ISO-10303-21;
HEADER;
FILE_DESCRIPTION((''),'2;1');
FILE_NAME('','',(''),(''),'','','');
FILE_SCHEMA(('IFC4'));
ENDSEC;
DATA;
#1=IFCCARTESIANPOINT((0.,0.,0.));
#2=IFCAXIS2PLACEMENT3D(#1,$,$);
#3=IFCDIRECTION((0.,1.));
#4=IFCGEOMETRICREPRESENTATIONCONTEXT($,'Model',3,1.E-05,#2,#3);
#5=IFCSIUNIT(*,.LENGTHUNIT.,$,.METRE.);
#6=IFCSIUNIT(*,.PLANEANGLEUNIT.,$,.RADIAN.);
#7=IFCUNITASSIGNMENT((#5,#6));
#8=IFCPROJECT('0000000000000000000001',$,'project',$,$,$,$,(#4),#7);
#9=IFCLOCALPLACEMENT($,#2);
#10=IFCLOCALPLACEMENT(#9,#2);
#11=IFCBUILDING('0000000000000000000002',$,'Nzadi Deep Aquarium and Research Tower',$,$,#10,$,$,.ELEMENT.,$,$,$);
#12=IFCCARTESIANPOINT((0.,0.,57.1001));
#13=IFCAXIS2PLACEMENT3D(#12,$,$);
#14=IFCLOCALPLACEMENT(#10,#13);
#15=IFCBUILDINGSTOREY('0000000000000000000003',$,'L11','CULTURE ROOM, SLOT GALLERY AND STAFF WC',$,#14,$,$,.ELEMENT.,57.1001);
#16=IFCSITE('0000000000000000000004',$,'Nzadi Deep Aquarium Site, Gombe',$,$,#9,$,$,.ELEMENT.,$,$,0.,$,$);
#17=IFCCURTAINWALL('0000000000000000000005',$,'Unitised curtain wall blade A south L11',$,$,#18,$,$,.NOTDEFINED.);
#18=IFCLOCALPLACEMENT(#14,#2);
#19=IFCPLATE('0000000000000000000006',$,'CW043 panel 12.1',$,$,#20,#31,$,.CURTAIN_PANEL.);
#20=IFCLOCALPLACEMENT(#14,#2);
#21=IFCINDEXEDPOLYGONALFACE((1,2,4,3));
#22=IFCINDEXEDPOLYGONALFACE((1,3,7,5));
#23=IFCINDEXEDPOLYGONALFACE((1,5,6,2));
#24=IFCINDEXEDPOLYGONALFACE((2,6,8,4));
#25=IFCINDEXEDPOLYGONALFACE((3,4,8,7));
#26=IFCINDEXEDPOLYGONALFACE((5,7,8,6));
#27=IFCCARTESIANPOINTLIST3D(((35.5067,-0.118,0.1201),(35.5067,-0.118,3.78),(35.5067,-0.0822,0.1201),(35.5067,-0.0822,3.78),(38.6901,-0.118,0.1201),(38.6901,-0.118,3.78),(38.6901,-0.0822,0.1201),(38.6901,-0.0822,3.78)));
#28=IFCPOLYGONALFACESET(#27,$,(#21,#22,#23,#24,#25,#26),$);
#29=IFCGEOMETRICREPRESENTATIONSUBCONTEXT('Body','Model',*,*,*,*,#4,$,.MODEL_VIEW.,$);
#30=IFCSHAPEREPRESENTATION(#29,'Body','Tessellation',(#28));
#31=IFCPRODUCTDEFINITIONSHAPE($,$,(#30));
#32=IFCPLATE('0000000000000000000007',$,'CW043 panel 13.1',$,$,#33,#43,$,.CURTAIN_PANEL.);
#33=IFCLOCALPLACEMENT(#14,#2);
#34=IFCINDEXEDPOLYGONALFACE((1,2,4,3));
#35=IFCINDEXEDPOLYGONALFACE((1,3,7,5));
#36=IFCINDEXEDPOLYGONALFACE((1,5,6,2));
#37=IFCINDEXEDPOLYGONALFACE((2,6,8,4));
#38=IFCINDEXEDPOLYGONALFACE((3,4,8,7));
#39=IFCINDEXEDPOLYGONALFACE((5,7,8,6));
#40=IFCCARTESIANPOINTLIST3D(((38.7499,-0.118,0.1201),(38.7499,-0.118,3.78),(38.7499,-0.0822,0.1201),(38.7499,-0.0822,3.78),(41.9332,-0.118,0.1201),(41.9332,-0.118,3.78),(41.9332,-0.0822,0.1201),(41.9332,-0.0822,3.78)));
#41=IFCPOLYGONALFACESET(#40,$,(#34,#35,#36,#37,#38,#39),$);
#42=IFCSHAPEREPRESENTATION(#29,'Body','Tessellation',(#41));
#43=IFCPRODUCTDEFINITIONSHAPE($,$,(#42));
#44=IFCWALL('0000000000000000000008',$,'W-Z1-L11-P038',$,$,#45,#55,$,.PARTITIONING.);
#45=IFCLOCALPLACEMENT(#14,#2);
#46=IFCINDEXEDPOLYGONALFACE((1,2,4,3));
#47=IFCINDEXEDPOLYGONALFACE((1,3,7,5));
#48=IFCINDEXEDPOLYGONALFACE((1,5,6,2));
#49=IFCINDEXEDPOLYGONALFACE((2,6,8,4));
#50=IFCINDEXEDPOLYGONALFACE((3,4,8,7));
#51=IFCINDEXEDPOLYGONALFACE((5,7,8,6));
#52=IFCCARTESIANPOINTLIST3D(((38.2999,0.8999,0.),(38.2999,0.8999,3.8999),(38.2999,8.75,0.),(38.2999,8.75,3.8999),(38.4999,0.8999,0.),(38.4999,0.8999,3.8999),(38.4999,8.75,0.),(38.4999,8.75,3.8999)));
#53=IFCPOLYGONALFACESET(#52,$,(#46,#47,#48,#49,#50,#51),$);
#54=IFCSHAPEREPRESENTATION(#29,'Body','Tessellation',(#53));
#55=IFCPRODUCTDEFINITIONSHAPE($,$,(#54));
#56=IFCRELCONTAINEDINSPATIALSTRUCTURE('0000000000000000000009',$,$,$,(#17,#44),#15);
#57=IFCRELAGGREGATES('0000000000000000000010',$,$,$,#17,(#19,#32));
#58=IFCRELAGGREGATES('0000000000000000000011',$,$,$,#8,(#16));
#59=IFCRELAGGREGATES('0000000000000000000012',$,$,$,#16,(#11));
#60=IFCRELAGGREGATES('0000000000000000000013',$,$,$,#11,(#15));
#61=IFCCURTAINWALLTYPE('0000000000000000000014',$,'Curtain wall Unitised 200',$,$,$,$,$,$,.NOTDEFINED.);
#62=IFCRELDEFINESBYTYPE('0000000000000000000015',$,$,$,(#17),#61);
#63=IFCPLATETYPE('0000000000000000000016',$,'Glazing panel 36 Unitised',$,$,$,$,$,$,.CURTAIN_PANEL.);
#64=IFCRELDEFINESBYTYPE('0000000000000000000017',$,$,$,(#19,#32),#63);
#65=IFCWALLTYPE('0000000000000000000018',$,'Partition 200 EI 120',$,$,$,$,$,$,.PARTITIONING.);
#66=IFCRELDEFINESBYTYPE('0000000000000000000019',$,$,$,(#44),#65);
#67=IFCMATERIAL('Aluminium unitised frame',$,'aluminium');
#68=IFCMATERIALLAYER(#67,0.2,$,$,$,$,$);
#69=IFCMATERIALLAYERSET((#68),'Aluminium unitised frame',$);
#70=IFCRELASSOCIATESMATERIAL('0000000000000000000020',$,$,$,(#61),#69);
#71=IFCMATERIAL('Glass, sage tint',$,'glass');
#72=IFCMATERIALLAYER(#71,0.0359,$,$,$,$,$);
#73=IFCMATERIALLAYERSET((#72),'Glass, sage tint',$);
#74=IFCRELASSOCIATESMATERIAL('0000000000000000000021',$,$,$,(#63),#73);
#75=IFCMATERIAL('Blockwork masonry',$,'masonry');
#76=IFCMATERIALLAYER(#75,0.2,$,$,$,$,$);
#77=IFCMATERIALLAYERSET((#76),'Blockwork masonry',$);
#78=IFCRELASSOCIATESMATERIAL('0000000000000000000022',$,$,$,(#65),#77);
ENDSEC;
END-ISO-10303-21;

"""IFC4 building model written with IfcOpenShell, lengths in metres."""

from ifc_helpers import new_model, si_unit, direction, frame, frame_2d, origin, origin_2d, place, context, subcontext, project, spatial, rectangle, extrude, material, layer, layer_set, type_object, element, aggregate, save


model = new_model("IFC4")

# Units and contexts
model_context = context("Model", 3, precision=1e-05, world=origin(), true_north=direction((0.0, 1.0)))
body_context = subcontext(model_context, "Body", "Model", "MODEL_VIEW")
ifc_project = project(units=[si_unit("LENGTHUNIT", "METRE"), si_unit("PLANEANGLEUNIT", "RADIAN")], contexts=[model_context])

# Site, building, storey
site_placement = place(None, origin())
site = spatial("IfcSite", under=ifc_project, at=site_placement, Name="Nzadi Deep Aquarium Site, Gombe", CompositionType="ELEMENT", RefElevation=0.0)
building_placement = place(site_placement, origin())
building = spatial("IfcBuilding", under=site, at=building_placement, Name="Nzadi Deep Aquarium and Research Tower", CompositionType="ELEMENT")
storey_placement = place(building_placement, frame((0.0, 0.0, 57.1001)))
storey = spatial("IfcBuildingStorey", under=building, at=storey_placement, Name="L11", Description="CULTURE ROOM, SLOT GALLERY AND STAFF WC", CompositionType="ELEMENT", Elevation=57.1001)

# Curtain wall
ifc_material_1 = material(Name="Aluminium unitised frame", Category="aluminium")
ifc_layer_1 = layer(ifc_material_1, 0.2)
ifc_layer_set_1 = layer_set([ifc_layer_1], Name="Aluminium unitised frame")
curtain_wall_type = type_object("IfcCurtainWallType", Name="Curtain wall Unitised 200", PredefinedType="NOTDEFINED", material=ifc_layer_set_1)
curtain_wall_placement = place(storey_placement, origin())
curtain_wall = element("IfcCurtainWall", 1, at=curtain_wall_placement, inside=storey, type_object=curtain_wall_type, Name="Unitised curtain wall blade A south L11", PredefinedType="NOTDEFINED")

# Plates
ifc_material_2 = material(Name="Glass, sage tint", Category="glass")
ifc_layer_2 = layer(ifc_material_2, 0.0359)
ifc_layer_set_2 = layer_set([ifc_layer_2], Name="Glass, sage tint")
plate_type = type_object("IfcPlateType", Name="Glazing panel 36 Unitised", PredefinedType="CURTAIN_PANEL", material=ifc_layer_set_2)
plate_1_placement = place(storey_placement, frame((37.0984, -0.1001, 0.1201), z_axis=(0.0, 0.0, 1.0), x_axis=(1.0, 0.0, 0.0)))
plate_1 = element("IfcPlate", 2, at=plate_1_placement, type_object=plate_type, Name="CW043 panel 12.1", PredefinedType="CURTAIN_PANEL", context=body_context, shape_type="SweptSolid", body=[
    extrude(rectangle(XDim=3.1833, YDim=0.0359, at=origin_2d()), origin(), (0.0, 0.0, 1.0), 3.6599),
])
plate_2_placement = place(storey_placement, frame((40.3416, -0.1001, 0.1201), z_axis=(0.0, 0.0, 1.0), x_axis=(1.0, 0.0, 0.0)))
plate_2 = element("IfcPlate", 3, at=plate_2_placement, type_object=plate_type, Name="CW043 panel 13.1", PredefinedType="CURTAIN_PANEL", context=body_context, shape_type="SweptSolid", body=[
    extrude(rectangle(XDim=3.1833, YDim=0.0359, at=origin_2d()), origin(), (0.0, 0.0, 1.0), 3.6599),
])
aggregate(curtain_wall, [plate_1, plate_2])

# Wall
ifc_material_3 = material(Name="Blockwork masonry", Category="masonry")
ifc_layer_3 = layer(ifc_material_3, 0.2)
ifc_layer_set_3 = layer_set([ifc_layer_3], Name="Blockwork masonry")
wall_type = type_object("IfcWallType", Name="Partition 200 EI 120", PredefinedType="PARTITIONING", material=ifc_layer_set_3)
wall_placement = place(storey_placement, frame((38.3999, 0.8999, 0.0), z_axis=(0.0, 0.0, 1.0), x_axis=(0.0, 1.0, 0.0)))
element("IfcWall", 4, at=wall_placement, inside=storey, type_object=wall_type, Name="W-Z1-L11-P038", PredefinedType="PARTITIONING", context=body_context, shape_type="SweptSolid", body=[
    extrude(rectangle(XDim=7.8501, YDim=0.2, at=frame_2d((3.925, 0.0))), origin(), (0.0, 0.0, 1.0), 3.8999),
])

save(model, "model.ifc")
